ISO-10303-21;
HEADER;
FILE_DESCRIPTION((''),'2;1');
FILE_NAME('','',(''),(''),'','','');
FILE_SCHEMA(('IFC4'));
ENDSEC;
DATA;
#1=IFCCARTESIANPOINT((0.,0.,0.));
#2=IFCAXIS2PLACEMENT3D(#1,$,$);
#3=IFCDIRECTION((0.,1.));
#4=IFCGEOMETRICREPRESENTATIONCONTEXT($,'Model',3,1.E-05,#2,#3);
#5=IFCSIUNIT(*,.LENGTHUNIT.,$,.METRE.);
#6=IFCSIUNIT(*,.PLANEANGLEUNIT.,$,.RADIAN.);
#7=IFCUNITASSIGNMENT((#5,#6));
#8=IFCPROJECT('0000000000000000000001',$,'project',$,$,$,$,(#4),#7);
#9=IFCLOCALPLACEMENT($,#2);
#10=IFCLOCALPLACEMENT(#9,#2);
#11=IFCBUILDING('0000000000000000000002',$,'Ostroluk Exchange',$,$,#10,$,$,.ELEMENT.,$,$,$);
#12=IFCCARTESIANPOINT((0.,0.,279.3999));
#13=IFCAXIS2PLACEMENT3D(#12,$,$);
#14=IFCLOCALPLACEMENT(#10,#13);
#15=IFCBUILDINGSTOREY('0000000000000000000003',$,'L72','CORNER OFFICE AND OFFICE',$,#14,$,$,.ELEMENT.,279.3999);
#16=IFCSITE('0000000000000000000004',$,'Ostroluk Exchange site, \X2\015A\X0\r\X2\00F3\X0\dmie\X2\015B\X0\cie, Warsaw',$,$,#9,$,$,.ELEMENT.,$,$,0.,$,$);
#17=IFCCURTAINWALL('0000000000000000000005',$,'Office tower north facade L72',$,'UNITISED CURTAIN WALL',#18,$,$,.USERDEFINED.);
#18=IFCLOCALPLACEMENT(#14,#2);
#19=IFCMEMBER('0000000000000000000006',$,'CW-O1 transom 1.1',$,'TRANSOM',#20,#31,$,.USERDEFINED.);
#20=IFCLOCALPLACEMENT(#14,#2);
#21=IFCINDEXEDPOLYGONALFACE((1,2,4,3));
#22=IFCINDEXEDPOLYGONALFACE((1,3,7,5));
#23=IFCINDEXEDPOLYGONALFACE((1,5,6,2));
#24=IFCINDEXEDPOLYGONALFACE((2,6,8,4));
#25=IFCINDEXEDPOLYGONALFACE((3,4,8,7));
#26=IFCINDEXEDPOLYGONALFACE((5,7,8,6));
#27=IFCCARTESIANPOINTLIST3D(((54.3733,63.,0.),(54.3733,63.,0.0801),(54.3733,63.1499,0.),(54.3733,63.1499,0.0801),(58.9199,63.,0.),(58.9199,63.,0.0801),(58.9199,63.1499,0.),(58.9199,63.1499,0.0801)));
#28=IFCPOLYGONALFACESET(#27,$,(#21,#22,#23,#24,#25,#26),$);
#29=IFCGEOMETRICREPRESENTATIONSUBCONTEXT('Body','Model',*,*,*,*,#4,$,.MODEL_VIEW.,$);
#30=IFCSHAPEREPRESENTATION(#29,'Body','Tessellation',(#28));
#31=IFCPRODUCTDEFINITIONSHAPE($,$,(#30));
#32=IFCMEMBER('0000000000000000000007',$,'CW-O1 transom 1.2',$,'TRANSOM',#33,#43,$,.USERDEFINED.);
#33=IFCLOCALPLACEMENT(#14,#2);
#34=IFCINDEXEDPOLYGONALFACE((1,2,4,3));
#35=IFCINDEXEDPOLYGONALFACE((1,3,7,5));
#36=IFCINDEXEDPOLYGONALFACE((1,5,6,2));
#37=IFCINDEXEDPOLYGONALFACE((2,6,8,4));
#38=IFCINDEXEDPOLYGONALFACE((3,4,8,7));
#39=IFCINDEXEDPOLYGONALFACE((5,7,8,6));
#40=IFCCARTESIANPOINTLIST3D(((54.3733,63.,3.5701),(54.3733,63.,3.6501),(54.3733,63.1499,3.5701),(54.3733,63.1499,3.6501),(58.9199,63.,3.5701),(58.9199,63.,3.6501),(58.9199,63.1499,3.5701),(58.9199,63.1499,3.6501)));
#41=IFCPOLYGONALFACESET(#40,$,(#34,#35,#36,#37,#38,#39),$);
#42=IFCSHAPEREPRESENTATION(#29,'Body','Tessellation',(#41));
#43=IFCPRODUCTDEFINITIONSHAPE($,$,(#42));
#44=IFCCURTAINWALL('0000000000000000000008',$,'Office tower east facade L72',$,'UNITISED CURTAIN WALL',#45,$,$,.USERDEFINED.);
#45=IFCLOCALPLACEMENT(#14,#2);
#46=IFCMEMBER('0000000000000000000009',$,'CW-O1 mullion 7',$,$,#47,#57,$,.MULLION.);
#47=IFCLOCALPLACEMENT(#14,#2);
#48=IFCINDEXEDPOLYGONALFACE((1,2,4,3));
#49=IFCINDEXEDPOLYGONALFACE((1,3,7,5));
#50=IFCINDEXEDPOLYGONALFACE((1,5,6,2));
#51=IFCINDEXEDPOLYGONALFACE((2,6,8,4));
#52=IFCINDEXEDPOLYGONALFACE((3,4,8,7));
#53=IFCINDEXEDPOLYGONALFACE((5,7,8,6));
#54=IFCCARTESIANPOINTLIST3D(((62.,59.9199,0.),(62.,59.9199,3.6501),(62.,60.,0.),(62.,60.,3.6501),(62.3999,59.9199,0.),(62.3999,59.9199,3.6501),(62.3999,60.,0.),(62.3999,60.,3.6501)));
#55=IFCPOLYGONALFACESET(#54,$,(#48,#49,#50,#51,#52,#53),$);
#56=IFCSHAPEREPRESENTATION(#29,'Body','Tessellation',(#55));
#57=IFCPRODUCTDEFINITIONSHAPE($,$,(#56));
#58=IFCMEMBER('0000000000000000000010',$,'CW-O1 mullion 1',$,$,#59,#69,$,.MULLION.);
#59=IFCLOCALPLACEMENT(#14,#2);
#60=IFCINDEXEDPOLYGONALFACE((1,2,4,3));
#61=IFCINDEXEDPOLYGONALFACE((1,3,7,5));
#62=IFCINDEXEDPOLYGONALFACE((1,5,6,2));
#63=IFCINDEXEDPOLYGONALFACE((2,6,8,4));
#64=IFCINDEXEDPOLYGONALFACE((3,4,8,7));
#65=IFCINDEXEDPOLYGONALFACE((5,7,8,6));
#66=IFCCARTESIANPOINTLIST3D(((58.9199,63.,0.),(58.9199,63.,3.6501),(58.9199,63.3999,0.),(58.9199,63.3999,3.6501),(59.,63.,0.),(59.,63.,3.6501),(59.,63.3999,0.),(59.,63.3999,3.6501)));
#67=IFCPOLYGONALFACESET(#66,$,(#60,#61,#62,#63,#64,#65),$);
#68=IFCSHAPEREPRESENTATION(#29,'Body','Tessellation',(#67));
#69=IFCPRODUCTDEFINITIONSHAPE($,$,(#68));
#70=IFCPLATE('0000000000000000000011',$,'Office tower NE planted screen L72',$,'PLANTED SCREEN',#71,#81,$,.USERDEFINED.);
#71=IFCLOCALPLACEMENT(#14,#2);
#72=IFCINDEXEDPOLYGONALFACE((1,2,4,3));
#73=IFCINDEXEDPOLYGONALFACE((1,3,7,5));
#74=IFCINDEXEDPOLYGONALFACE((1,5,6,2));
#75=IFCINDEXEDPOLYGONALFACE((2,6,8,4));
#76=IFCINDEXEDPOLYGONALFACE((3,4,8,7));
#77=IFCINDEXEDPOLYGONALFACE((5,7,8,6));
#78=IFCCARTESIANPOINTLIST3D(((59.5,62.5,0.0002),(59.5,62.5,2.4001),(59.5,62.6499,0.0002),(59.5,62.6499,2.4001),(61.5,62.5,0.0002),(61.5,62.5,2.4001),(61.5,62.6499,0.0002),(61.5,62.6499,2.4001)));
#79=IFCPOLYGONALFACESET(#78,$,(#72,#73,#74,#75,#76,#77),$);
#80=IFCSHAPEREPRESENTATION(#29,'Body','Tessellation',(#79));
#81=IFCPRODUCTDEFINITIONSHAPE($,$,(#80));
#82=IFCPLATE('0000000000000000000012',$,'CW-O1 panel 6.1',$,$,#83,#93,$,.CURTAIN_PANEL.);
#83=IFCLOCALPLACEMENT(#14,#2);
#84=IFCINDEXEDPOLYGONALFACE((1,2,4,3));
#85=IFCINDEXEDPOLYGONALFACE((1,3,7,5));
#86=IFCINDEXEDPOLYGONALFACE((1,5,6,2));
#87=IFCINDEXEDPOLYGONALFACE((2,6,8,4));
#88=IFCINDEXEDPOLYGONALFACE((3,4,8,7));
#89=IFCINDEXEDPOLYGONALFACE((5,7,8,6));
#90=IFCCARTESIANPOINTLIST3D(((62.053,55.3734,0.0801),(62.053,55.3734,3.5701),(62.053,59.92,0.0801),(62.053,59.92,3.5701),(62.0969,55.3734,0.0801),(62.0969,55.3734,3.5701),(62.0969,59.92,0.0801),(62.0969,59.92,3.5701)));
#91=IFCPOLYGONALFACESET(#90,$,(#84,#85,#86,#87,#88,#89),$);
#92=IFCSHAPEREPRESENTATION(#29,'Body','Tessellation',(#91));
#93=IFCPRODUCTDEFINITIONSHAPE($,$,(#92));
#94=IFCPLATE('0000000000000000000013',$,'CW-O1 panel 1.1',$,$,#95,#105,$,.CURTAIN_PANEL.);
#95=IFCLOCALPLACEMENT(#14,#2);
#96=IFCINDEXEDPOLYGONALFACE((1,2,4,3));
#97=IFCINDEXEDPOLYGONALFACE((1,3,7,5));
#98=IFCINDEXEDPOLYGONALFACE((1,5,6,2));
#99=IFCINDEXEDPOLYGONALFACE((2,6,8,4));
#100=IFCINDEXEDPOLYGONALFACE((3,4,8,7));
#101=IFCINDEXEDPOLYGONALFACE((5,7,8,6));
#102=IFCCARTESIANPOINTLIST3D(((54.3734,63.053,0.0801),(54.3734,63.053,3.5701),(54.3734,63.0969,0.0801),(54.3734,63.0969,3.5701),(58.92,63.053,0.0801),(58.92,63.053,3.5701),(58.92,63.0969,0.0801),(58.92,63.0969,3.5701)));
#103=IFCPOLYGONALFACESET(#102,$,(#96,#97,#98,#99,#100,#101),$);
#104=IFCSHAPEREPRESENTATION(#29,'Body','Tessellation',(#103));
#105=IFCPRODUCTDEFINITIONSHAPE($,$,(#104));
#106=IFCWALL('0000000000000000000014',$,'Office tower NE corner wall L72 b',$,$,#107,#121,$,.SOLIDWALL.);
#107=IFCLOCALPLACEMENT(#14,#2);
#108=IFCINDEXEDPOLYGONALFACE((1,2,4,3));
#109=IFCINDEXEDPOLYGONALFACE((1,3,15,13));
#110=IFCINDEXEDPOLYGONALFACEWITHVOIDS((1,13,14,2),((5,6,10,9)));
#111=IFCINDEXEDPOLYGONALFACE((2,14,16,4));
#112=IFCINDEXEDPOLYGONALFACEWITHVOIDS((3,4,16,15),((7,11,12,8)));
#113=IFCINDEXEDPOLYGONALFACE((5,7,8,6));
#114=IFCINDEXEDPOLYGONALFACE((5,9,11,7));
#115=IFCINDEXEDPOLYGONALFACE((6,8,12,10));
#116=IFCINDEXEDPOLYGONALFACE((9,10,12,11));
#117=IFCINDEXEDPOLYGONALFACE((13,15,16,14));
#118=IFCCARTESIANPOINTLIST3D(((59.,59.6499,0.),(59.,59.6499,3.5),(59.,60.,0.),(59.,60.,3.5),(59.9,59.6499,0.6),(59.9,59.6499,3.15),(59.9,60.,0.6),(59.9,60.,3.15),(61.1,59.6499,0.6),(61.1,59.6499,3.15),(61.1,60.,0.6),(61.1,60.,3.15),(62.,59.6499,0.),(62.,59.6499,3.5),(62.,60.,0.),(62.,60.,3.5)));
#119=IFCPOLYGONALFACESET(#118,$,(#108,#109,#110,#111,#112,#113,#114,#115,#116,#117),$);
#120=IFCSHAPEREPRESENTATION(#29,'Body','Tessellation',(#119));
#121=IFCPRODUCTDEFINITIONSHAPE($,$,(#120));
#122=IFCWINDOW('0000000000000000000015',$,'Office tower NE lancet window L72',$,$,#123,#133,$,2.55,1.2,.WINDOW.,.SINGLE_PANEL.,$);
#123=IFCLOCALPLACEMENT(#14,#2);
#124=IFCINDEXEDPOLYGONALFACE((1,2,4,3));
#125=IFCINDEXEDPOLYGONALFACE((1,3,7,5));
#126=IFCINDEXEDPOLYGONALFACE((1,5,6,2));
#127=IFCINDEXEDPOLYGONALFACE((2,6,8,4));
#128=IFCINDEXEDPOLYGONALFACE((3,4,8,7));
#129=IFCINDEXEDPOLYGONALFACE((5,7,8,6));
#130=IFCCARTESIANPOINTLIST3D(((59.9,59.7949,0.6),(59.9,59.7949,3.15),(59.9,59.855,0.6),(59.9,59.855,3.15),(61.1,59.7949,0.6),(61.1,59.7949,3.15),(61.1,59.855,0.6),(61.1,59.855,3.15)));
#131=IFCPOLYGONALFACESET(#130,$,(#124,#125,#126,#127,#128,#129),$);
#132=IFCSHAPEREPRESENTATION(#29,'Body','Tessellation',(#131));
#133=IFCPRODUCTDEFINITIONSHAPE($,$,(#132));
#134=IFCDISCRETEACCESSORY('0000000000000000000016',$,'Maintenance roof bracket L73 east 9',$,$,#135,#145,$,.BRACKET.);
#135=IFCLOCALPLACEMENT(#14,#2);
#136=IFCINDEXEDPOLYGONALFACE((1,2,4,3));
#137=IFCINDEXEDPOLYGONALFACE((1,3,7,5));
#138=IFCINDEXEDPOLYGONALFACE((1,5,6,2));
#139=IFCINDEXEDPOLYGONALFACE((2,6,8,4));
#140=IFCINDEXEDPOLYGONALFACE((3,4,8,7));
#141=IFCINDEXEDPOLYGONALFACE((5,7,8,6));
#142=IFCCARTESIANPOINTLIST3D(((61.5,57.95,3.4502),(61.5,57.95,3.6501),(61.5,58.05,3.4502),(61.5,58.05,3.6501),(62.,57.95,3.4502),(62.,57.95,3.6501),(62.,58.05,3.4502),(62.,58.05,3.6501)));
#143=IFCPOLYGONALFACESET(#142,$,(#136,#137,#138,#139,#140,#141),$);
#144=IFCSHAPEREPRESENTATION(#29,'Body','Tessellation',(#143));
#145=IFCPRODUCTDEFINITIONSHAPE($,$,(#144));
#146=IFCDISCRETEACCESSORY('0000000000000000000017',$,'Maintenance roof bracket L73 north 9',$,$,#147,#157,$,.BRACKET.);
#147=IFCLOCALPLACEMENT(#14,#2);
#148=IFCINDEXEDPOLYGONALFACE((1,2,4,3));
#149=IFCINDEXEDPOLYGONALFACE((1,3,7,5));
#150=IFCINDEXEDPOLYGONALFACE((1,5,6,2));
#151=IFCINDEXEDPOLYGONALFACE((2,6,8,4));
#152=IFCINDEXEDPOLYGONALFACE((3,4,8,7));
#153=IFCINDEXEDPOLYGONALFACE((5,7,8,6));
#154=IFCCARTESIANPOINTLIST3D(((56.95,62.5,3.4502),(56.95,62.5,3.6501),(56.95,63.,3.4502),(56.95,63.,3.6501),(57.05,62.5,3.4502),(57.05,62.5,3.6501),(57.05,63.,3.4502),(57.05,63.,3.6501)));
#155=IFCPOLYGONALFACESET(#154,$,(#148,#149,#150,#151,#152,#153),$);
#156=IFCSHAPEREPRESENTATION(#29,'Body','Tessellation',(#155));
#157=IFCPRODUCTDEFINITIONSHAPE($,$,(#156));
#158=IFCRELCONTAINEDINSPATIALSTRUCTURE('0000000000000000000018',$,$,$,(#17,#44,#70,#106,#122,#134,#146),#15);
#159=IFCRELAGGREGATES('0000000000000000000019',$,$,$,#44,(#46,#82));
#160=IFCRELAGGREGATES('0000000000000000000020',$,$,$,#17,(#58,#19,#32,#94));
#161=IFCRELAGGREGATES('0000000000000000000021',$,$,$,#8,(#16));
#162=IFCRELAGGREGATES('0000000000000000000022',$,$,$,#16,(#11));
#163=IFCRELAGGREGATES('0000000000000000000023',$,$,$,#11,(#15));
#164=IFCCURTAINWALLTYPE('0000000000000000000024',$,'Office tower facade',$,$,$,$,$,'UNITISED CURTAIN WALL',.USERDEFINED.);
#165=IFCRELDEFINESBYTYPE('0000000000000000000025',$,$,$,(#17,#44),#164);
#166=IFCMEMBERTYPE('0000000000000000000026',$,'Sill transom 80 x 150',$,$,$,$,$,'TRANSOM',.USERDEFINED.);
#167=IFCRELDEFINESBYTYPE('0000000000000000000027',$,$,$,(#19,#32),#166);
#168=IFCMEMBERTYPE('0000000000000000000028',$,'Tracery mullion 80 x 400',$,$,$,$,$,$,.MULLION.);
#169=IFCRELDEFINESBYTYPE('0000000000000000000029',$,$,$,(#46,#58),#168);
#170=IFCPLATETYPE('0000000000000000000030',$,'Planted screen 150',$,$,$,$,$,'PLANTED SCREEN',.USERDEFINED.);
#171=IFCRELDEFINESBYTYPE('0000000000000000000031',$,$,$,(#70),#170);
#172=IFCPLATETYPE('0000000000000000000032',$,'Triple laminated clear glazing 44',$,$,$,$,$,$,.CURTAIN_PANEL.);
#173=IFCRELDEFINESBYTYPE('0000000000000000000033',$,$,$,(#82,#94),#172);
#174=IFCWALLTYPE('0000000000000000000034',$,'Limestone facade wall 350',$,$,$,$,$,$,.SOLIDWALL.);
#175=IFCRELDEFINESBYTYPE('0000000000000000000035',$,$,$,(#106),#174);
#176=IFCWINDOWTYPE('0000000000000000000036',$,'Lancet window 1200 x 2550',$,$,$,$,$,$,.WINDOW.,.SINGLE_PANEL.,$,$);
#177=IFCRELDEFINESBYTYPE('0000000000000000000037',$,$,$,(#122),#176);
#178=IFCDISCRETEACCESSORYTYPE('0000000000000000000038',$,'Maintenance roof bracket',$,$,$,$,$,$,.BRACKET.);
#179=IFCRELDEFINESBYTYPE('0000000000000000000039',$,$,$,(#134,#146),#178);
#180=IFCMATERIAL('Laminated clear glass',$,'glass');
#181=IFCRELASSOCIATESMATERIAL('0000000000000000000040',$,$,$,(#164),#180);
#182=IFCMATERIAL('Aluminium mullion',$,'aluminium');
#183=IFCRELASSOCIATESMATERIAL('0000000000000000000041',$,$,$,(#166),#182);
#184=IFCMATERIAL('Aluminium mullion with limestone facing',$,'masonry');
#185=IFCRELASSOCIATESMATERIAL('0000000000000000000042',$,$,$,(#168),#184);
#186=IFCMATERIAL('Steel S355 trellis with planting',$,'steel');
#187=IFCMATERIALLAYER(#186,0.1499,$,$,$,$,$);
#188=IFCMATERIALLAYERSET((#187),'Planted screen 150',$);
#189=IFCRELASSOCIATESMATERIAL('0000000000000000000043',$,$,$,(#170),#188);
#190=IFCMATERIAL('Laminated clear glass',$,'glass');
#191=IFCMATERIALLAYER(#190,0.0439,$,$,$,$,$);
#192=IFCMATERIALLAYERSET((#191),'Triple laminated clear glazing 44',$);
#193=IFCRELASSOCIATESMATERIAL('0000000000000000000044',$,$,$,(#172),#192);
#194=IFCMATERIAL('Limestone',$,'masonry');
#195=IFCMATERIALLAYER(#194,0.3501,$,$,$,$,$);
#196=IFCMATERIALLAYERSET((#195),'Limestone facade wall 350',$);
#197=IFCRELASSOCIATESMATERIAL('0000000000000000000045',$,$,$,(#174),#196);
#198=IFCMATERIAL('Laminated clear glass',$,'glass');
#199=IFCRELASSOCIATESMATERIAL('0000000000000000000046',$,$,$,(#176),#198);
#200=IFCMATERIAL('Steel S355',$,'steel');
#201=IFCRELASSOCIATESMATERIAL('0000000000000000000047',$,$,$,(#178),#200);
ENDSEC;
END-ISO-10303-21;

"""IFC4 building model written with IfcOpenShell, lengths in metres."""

from ifc_helpers import new_model, si_unit, direction, frame, frame_2d, origin, origin_2d, place, context, subcontext, project, spatial, rectangle, extrude, material, layer, layer_set, material_profile, profile_set, type_object, element, fill, aggregate, save


model = new_model("IFC4")

# Units and contexts
model_context = context("Model", 3, precision=1e-05, world=origin(), true_north=direction((0.0, 1.0)))
body_context = subcontext(model_context, "Body", "Model", "MODEL_VIEW")
ifc_project = project(units=[si_unit("LENGTHUNIT", "METRE"), si_unit("PLANEANGLEUNIT", "RADIAN")], contexts=[model_context])

# Site, building, storey
site_placement = place(None, origin())
site = spatial("IfcSite", under=ifc_project, at=site_placement, Name="Ostroluk Exchange site, Śródmieście, Warsaw", CompositionType="ELEMENT", RefElevation=0.0)
building_placement = place(site_placement, origin())
building = spatial("IfcBuilding", under=site, at=building_placement, Name="Ostroluk Exchange", CompositionType="ELEMENT")
storey_placement = place(building_placement, frame((0.0, 0.0, 279.3999)))
storey = spatial("IfcBuildingStorey", under=building, at=storey_placement, Name="L72", Description="CORNER OFFICE AND OFFICE", CompositionType="ELEMENT", Elevation=279.3999)

# Curtain wall, members
ifc_material_1 = material(Name="Laminated clear glass", Category="glass")
curtain_wall_type = type_object("IfcCurtainWallType", Name="Office tower facade", ElementType="UNITISED CURTAIN WALL", PredefinedType="USERDEFINED", material=ifc_material_1)
curtain_wall_1_placement = place(storey_placement, origin())
curtain_wall_1 = element("IfcCurtainWall", 1, at=curtain_wall_1_placement, inside=storey, type_object=curtain_wall_type, Name="Office tower north facade L72", ObjectType="UNITISED CURTAIN WALL", PredefinedType="USERDEFINED")
ifc_material_2 = material(Name="Aluminium mullion", Category="aluminium")
ifc_material_profile_1 = material_profile(ifc_material_2, rectangle(XDim=0.1499, YDim=0.0801, at=origin_2d()), Name="Sill transom 80 x 150")
ifc_profile_set_1 = profile_set([ifc_material_profile_1], Name="Aluminium mullion")
member_type_1 = type_object("IfcMemberType", Name="Sill transom 80 x 150", ElementType="TRANSOM", PredefinedType="USERDEFINED", material=ifc_profile_set_1)
member_1_placement = place(storey_placement, frame((58.9199, 63.075, 0.04), z_axis=(-1.0, 0.0, 0.0), x_axis=(0.0, -1.0, 0.0)))
member_1 = element("IfcMember", 2, at=member_1_placement, type_object=member_type_1, Name="CW-O1 transom 1.1", ObjectType="TRANSOM", PredefinedType="USERDEFINED", context=body_context, shape_type="SweptSolid", body=[
    extrude(rectangle(XDim=0.1499, YDim=0.0801, at=origin_2d()), origin(), (0.0, 0.0, 1.0), 4.5466),
])
member_2_placement = place(storey_placement, frame((58.9199, 63.075, 3.6101), z_axis=(-1.0, 0.0, 0.0), x_axis=(0.0, -1.0, 0.0)))
member_2 = element("IfcMember", 3, at=member_2_placement, type_object=member_type_1, Name="CW-O1 transom 1.2", ObjectType="TRANSOM", PredefinedType="USERDEFINED", context=body_context, shape_type="SweptSolid", body=[
    extrude(rectangle(XDim=0.1499, YDim=0.0801, at=origin_2d()), origin(), (0.0, 0.0, 1.0), 4.5466),
])

# Curtain wall, member
curtain_wall_2_placement = place(storey_placement, origin())
curtain_wall_2 = element("IfcCurtainWall", 4, at=curtain_wall_2_placement, inside=storey, type_object=curtain_wall_type, Name="Office tower east facade L72", ObjectType="UNITISED CURTAIN WALL", PredefinedType="USERDEFINED")
ifc_material_3 = material(Name="Aluminium mullion with limestone facing", Category="masonry")
ifc_material_profile_2 = material_profile(ifc_material_3, rectangle(XDim=0.3999, YDim=0.0801, at=origin_2d()), Name="Tracery mullion 80 x 400")
ifc_profile_set_2 = profile_set([ifc_material_profile_2], Name="Aluminium mullion with limestone facing")
member_type_2 = type_object("IfcMemberType", Name="Tracery mullion 80 x 400", PredefinedType="MULLION", material=ifc_profile_set_2)
member_3_placement = place(storey_placement, frame((62.2, 59.96, 0.0), z_axis=(0.0, 0.0, 1.0), x_axis=(-1.0, 0.0, 0.0)))
member_3 = element("IfcMember", 5, at=member_3_placement, type_object=member_type_2, Name="CW-O1 mullion 7", PredefinedType="MULLION", context=body_context, shape_type="SweptSolid", body=[
    extrude(rectangle(XDim=0.3999, YDim=0.0801, at=origin_2d()), origin(), (0.0, 0.0, 1.0), 3.6501),
])

# Member
member_4_placement = place(storey_placement, frame((58.96, 63.2, 0.0), z_axis=(0.0, 0.0, 1.0), x_axis=(0.0, -1.0, 0.0)))
member_4 = element("IfcMember", 6, at=member_4_placement, type_object=member_type_2, Name="CW-O1 mullion 1", PredefinedType="MULLION", context=body_context, shape_type="SweptSolid", body=[
    extrude(rectangle(XDim=0.3999, YDim=0.0801, at=origin_2d()), origin(), (0.0, 0.0, 1.0), 3.6501),
])

# Plates
ifc_material_4 = material(Name="Steel S355 trellis with planting", Category="steel")
ifc_layer_1 = layer(ifc_material_4, 0.1499)
ifc_layer_set_1 = layer_set([ifc_layer_1], Name="Planted screen 150")
plate_type_1 = type_object("IfcPlateType", Name="Planted screen 150", ElementType="PLANTED SCREEN", PredefinedType="USERDEFINED", material=ifc_layer_set_1)
plate_1_placement = place(storey_placement, frame((60.5, 62.575, 0.0002), z_axis=(0.0, 0.0, 1.0), x_axis=(1.0, 0.0, 0.0)))
element("IfcPlate", 7, at=plate_1_placement, inside=storey, type_object=plate_type_1, Name="Office tower NE planted screen L72", ObjectType="PLANTED SCREEN", PredefinedType="USERDEFINED", context=body_context, shape_type="SweptSolid", body=[
    extrude(rectangle(XDim=2.0, YDim=0.1499, at=origin_2d()), origin(), (0.0, 0.0, 1.0), 2.3999),
])
ifc_material_5 = material(Name="Laminated clear glass", Category="glass")
ifc_layer_2 = layer(ifc_material_5, 0.0439)
ifc_layer_set_2 = layer_set([ifc_layer_2], Name="Triple laminated clear glazing 44")
plate_type_2 = type_object("IfcPlateType", Name="Triple laminated clear glazing 44", PredefinedType="CURTAIN_PANEL", material=ifc_layer_set_2)
plate_2_placement = place(storey_placement, frame((62.075, 57.6467, 0.0801), z_axis=(0.0, 0.0, 1.0), x_axis=(0.0, 1.0, 0.0)))
plate_2 = element("IfcPlate", 8, at=plate_2_placement, type_object=plate_type_2, Name="CW-O1 panel 6.1", PredefinedType="CURTAIN_PANEL", context=body_context, shape_type="SweptSolid", body=[
    extrude(rectangle(XDim=4.5466, YDim=0.0439, at=origin_2d()), origin(), (0.0, 0.0, 1.0), 3.49),
])
aggregate(curtain_wall_2, [member_3, plate_2])
plate_3_placement = place(storey_placement, frame((56.6467, 63.075, 0.0801), z_axis=(0.0, 0.0, 1.0), x_axis=(-1.0, 0.0, 0.0)))
plate_3 = element("IfcPlate", 9, at=plate_3_placement, type_object=plate_type_2, Name="CW-O1 panel 1.1", PredefinedType="CURTAIN_PANEL", context=body_context, shape_type="SweptSolid", body=[
    extrude(rectangle(XDim=4.5466, YDim=0.0439, at=origin_2d()), origin(), (0.0, 0.0, 1.0), 3.49),
])
aggregate(curtain_wall_1, [member_4, member_1, member_2, plate_3])

# Shared definitions
ifc_material_6 = material(Name="Limestone", Category="masonry")
ifc_layer_3 = layer(ifc_material_6, 0.3501)
ifc_layer_set_3 = layer_set([ifc_layer_3], Name="Limestone facade wall 350")
wall_type = type_object("IfcWallType", Name="Limestone facade wall 350", PredefinedType="SOLIDWALL", material=ifc_layer_set_3)

# Wall, opening, window
wall_1_placement = place(storey_placement, frame((59.0, 59.825, 0.0), z_axis=(0.0, 0.0, 1.0), x_axis=(1.0, 0.0, 0.0)))
wall_1 = element("IfcWall", 10, at=wall_1_placement, inside=storey, type_object=wall_type, Name="Office tower NE corner wall L72 b", PredefinedType="SOLIDWALL", context=body_context, shape_type="SweptSolid", body=[
    extrude(rectangle(XDim=3.0, YDim=0.3501, at=frame_2d((1.5, 0.0))), origin(), (0.0, 0.0, 1.0), 3.5),
])
opening_1_placement = place(wall_1_placement, frame((0.8999, 0.0, 0.6001)))
opening_1 = element("IfcOpeningElement", 11, at=opening_1_placement, cuts=wall_1, PredefinedType="OPENING", context=body_context, shape_type="SweptSolid", body=[
    extrude(rectangle(XDim=1.2, YDim=2.55, at=frame_2d((0.6001, 1.2749))), frame((0.0, 0.1851, 0.0), z_axis=(0.0, -1.0, 0.0), x_axis=(1.0, 0.0, 0.0)), (0.0, 0.0, 1.0), 0.3701),
])
ifc_material_7 = material(Name="Laminated clear glass", Category="glass")
window_type = type_object("IfcWindowType", Name="Lancet window 1200 x 2550", PartitioningType="SINGLE_PANEL", PredefinedType="WINDOW", material=ifc_material_7)
window_placement = place(opening_1_placement, origin())
window = element("IfcWindow", 12, at=window_placement, inside=storey, type_object=window_type, Name="Office tower NE lancet window L72", OverallHeight=2.55, OverallWidth=1.2, PartitioningType="SINGLE_PANEL", PredefinedType="WINDOW", context=body_context, shape_type="SweptSolid", body=[
    extrude(rectangle(XDim=1.2, YDim=2.55, at=frame_2d((0.6001, 1.2749))), frame((0.0, 0.03, 0.0), z_axis=(0.0, -1.0, 0.0), x_axis=(1.0, 0.0, 0.0)), (0.0, 0.0, 1.0), 0.0601),
])
fill(opening_1, window)

# Discrete accessories
ifc_material_8 = material(Name="Steel S355", Category="steel")
discrete_accessory_type = type_object("IfcDiscreteAccessoryType", Name="Maintenance roof bracket", PredefinedType="BRACKET", material=ifc_material_8)
discrete_accessory_1_placement = place(storey_placement, frame((61.75, 58.0, 3.4502), z_axis=(0.0, 0.0, 1.0), x_axis=(1.0, 0.0, 0.0)))
element("IfcDiscreteAccessory", 13, at=discrete_accessory_1_placement, inside=storey, type_object=discrete_accessory_type, Name="Maintenance roof bracket L73 east 9", PredefinedType="BRACKET", context=body_context, shape_type="SweptSolid", body=[
    extrude(rectangle(XDim=0.5, YDim=0.1001, at=origin_2d()), origin(), (0.0, 0.0, 1.0), 0.2),
])
discrete_accessory_2_placement = place(storey_placement, frame((57.0, 62.75, 3.4502), z_axis=(0.0, 0.0, 1.0), x_axis=(1.0, 0.0, 0.0)))
element("IfcDiscreteAccessory", 14, at=discrete_accessory_2_placement, inside=storey, type_object=discrete_accessory_type, Name="Maintenance roof bracket L73 north 9", PredefinedType="BRACKET", context=body_context, shape_type="SweptSolid", body=[
    extrude(rectangle(XDim=0.1001, YDim=0.5, at=origin_2d()), origin(), (0.0, 0.0, 1.0), 0.2),
])

save(model, "model.ifc")
